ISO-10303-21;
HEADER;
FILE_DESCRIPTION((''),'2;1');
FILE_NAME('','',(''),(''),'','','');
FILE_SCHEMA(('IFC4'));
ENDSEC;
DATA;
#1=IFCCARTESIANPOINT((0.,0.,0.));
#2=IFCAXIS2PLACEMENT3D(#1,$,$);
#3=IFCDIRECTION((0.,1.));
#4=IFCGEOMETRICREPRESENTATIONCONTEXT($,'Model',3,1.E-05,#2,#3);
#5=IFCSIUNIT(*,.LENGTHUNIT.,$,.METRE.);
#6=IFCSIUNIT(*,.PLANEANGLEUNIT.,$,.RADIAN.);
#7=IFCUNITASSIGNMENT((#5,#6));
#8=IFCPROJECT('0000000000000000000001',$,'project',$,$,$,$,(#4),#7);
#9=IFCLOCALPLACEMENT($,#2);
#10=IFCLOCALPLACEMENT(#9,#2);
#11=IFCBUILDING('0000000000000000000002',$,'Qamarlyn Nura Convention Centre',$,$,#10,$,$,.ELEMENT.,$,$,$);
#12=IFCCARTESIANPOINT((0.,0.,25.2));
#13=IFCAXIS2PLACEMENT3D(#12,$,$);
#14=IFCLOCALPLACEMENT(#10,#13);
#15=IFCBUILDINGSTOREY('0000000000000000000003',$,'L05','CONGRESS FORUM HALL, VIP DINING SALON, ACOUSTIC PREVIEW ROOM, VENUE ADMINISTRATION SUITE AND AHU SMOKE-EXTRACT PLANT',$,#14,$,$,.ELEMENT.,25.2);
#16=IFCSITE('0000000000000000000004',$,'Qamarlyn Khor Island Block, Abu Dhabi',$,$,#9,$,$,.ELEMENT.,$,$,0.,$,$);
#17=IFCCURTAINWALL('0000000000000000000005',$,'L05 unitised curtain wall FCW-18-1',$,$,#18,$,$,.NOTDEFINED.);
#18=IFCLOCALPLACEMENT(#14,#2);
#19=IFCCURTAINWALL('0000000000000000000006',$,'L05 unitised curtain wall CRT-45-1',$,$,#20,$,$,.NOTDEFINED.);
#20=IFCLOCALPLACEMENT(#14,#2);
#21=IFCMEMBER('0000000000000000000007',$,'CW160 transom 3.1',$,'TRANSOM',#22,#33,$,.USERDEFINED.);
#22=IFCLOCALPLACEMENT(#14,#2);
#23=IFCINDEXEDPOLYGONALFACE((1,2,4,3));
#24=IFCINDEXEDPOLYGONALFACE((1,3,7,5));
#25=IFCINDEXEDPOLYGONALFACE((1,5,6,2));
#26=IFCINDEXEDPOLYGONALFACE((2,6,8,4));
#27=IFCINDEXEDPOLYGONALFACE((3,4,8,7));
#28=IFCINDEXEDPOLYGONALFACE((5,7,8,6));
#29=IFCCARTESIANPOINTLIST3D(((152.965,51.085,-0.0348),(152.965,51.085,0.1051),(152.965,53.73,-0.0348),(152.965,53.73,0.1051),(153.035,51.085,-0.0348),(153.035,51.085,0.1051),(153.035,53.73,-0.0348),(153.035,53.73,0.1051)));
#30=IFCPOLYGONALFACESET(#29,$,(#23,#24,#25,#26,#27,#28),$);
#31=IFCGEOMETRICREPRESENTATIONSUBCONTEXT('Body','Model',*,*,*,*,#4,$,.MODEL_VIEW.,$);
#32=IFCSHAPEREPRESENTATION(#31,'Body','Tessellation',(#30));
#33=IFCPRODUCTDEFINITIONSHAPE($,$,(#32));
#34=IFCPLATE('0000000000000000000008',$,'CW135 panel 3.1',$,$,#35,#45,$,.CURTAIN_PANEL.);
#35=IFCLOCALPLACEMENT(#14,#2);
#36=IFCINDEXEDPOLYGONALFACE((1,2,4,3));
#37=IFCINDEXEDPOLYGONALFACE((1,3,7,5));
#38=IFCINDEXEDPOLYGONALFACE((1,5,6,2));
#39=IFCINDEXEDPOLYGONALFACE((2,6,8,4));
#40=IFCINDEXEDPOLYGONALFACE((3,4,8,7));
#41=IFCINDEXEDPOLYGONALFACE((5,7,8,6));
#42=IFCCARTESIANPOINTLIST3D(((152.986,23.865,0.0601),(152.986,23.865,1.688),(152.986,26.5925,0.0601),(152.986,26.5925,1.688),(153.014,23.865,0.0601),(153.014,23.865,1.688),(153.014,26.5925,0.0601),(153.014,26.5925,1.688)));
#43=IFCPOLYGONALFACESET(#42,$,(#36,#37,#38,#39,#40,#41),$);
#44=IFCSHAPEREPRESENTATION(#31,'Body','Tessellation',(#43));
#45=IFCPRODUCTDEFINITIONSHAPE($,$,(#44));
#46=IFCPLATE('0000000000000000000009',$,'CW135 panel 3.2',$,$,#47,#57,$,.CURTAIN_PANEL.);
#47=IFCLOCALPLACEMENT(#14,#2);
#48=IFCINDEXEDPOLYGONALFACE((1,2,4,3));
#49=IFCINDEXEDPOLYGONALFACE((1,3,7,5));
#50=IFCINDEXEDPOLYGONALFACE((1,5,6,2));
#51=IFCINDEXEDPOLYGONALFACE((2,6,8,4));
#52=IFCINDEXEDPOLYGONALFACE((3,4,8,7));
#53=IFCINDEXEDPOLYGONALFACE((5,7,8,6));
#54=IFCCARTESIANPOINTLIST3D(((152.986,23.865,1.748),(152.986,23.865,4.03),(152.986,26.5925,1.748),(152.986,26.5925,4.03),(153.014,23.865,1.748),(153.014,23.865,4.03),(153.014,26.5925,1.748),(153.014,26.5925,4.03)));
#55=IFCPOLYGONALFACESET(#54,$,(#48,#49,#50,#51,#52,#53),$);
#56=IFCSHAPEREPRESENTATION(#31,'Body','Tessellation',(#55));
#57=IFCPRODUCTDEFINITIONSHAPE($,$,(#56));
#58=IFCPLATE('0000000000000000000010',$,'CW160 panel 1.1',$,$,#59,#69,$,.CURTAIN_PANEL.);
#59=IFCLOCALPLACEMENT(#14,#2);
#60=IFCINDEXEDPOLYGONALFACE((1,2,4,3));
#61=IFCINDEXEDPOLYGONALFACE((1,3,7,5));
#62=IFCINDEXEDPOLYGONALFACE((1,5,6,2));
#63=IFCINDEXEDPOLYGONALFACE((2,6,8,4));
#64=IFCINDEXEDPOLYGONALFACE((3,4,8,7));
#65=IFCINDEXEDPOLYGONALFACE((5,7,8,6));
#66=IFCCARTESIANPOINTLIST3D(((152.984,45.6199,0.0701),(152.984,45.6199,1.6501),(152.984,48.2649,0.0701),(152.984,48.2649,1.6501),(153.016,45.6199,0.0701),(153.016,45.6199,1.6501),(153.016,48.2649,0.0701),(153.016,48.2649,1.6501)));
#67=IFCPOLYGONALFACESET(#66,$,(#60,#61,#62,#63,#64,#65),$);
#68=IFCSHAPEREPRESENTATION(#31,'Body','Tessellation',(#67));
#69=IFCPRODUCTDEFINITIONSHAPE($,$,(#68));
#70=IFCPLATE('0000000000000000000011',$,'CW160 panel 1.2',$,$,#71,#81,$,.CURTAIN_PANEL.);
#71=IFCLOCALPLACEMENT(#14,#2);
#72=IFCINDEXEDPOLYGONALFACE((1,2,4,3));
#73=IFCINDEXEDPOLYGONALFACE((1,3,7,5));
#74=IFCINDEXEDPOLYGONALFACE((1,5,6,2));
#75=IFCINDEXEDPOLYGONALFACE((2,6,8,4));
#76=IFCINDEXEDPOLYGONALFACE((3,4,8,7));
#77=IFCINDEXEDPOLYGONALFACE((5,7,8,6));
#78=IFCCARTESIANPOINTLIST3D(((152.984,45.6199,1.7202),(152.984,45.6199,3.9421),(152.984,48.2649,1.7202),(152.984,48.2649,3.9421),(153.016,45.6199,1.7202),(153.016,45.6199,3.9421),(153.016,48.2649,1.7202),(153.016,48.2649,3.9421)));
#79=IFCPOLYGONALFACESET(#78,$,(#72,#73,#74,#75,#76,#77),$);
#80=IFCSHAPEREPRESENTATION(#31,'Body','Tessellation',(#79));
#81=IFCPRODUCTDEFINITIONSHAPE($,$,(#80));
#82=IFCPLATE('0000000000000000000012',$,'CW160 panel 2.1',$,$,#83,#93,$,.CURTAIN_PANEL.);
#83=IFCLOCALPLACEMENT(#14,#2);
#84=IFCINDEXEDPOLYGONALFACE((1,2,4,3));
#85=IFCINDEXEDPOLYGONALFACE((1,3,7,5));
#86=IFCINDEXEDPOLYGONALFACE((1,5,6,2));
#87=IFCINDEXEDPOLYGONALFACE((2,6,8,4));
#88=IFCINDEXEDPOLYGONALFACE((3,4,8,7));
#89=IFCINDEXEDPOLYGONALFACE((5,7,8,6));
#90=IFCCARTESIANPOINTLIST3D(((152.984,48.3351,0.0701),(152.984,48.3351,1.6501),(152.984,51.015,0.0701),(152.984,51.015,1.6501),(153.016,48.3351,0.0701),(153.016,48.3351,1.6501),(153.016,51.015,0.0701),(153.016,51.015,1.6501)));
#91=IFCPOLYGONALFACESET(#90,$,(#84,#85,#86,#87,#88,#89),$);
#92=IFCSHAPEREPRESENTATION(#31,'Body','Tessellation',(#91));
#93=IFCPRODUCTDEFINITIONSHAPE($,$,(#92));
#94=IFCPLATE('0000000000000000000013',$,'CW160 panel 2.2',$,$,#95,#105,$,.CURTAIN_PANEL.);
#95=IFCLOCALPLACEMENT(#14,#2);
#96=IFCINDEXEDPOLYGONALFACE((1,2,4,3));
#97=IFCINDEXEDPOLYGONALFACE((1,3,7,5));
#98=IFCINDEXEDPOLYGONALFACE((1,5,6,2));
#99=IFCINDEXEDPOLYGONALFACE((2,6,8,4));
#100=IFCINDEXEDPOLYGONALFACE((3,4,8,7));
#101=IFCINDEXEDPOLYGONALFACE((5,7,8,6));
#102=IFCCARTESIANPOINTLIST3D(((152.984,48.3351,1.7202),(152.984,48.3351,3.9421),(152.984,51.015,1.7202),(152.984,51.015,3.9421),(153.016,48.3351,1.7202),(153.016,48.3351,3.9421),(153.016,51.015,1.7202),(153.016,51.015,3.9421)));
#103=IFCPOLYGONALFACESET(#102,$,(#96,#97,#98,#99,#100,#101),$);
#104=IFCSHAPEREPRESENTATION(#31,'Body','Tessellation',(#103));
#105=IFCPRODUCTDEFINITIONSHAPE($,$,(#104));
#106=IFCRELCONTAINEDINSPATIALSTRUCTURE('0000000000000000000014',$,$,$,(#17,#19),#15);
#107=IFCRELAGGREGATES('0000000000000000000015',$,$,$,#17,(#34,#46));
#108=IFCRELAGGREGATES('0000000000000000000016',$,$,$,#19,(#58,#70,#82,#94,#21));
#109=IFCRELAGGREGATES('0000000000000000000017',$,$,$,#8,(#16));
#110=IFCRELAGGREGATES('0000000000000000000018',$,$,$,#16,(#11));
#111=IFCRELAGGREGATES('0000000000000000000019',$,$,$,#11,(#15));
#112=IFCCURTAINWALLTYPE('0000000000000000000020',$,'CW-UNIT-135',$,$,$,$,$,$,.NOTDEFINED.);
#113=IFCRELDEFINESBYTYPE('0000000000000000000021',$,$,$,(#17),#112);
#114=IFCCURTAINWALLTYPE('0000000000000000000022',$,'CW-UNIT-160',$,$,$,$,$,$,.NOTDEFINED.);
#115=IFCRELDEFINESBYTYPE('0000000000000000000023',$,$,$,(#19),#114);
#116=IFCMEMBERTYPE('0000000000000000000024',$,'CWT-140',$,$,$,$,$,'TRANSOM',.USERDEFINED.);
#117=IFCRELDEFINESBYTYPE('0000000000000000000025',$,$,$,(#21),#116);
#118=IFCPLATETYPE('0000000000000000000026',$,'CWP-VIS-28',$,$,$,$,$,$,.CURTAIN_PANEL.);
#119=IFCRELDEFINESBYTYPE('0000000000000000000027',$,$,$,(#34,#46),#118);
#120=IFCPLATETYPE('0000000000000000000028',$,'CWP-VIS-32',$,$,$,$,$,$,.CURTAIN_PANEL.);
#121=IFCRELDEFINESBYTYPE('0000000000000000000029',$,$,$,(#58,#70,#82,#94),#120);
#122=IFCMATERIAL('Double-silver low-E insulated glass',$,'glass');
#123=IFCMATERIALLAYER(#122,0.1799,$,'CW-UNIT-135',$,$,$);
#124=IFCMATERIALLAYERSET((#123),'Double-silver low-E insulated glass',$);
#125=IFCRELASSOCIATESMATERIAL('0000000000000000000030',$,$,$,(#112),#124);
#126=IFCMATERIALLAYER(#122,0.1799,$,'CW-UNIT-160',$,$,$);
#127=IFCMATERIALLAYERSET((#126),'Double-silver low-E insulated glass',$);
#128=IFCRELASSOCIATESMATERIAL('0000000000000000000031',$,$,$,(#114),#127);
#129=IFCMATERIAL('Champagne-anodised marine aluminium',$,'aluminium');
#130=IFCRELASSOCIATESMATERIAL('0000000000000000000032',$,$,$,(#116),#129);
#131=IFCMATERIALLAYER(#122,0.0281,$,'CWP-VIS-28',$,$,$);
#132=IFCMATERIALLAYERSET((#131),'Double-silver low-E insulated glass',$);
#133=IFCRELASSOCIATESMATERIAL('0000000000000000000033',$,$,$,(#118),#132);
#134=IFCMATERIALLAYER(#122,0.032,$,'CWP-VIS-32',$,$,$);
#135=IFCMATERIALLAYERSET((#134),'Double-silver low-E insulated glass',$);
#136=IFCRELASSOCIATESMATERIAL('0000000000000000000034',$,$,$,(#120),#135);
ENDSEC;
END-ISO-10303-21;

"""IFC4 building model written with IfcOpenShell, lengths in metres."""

from ifc_helpers import new_model, si_unit, direction, frame, origin, origin_2d, place, context, subcontext, project, spatial, rectangle, extrude, material, layer, layer_set, material_profile, profile_set, type_object, element, aggregate, save


model = new_model("IFC4")

# Units and contexts
model_context = context("Model", 3, precision=1e-05, world=origin(), true_north=direction((0.0, 1.0)))
body_context = subcontext(model_context, "Body", "Model", "MODEL_VIEW")
ifc_project = project(units=[si_unit("LENGTHUNIT", "METRE"), si_unit("PLANEANGLEUNIT", "RADIAN")], contexts=[model_context])

# Site, building, storey
site_placement = place(None, origin())
site = spatial("IfcSite", under=ifc_project, at=site_placement, Name="Qamarlyn Khor Island Block, Abu Dhabi", CompositionType="ELEMENT", RefElevation=0.0)
building_placement = place(site_placement, origin())
building = spatial("IfcBuilding", under=site, at=building_placement, Name="Qamarlyn Nura Convention Centre", CompositionType="ELEMENT")
storey_placement = place(building_placement, frame((0.0, 0.0, 25.2)))
storey = spatial("IfcBuildingStorey", under=building, at=storey_placement, Name="L05", Description="CONGRESS FORUM HALL, VIP DINING SALON, ACOUSTIC PREVIEW ROOM, VENUE ADMINISTRATION SUITE AND AHU SMOKE-EXTRACT PLANT", CompositionType="ELEMENT", Elevation=25.2)

# Curtain walls
ifc_material_1 = material(Name="Double-silver low-E insulated glass", Category="glass")
ifc_layer_1 = layer(ifc_material_1, 0.1799, Name="CW-UNIT-135")
ifc_layer_set_1 = layer_set([ifc_layer_1], Name="Double-silver low-E insulated glass")
curtain_wall_type_1 = type_object("IfcCurtainWallType", Name="CW-UNIT-135", PredefinedType="NOTDEFINED", material=ifc_layer_set_1)
curtain_wall_1_placement = place(storey_placement, origin())
curtain_wall_1 = element("IfcCurtainWall", 1, at=curtain_wall_1_placement, inside=storey, type_object=curtain_wall_type_1, Name="L05 unitised curtain wall FCW-18-1", PredefinedType="NOTDEFINED")
ifc_material_2 = material(Name="Champagne-anodised marine aluminium", Category="aluminium")
ifc_layer_2 = layer(ifc_material_1, 0.1799, Name="CW-UNIT-160")
ifc_layer_set_2 = layer_set([ifc_layer_2], Name="Double-silver low-E insulated glass")
curtain_wall_type_2 = type_object("IfcCurtainWallType", Name="CW-UNIT-160", PredefinedType="NOTDEFINED", material=ifc_layer_set_2)
curtain_wall_2_placement = place(storey_placement, origin())
curtain_wall_2 = element("IfcCurtainWall", 2, at=curtain_wall_2_placement, inside=storey, type_object=curtain_wall_type_2, Name="L05 unitised curtain wall CRT-45-1", PredefinedType="NOTDEFINED")

# Member
ifc_material_profile_1 = material_profile(ifc_material_2, rectangle(XDim=0.0701, YDim=0.1399, at=origin_2d()), Name="ALU TRANSOM 70x140")
ifc_profile_set_1 = profile_set([ifc_material_profile_1], Name="Champagne-anodised marine aluminium")
member_type_1 = type_object("IfcMemberType", Name="CWT-140", ElementType="TRANSOM", PredefinedType="USERDEFINED", material=ifc_profile_set_1)
member_1_placement = place(storey_placement, frame((153.0, 51.085, 0.0352), z_axis=(0.0, 1.0, 0.0), x_axis=(-1.0, 0.0, 0.0)))
member_1 = element("IfcMember", 3, at=member_1_placement, type_object=member_type_1, Name="CW160 transom 3.1", ObjectType="TRANSOM", PredefinedType="USERDEFINED", context=body_context, shape_type="SweptSolid", body=[
    extrude(rectangle(XDim=0.0701, YDim=0.1399, at=origin_2d()), origin(), (0.0, 0.0, 1.0), 2.645),
])

# Plates
ifc_layer_3 = layer(ifc_material_1, 0.0281, Name="CWP-VIS-28")
ifc_layer_set_3 = layer_set([ifc_layer_3], Name="Double-silver low-E insulated glass")
plate_type_1 = type_object("IfcPlateType", Name="CWP-VIS-28", PredefinedType="CURTAIN_PANEL", material=ifc_layer_set_3)
plate_1_placement = place(storey_placement, frame((153.0, 25.2288, 0.0601), z_axis=(0.0, 0.0, 1.0), x_axis=(0.0, 1.0, 0.0)))
plate_1 = element("IfcPlate", 4, at=plate_1_placement, type_object=plate_type_1, Name="CW135 panel 3.1", PredefinedType="CURTAIN_PANEL", context=body_context, shape_type="SweptSolid", body=[
    extrude(rectangle(XDim=2.7275, YDim=0.0281, at=origin_2d()), origin(), (0.0, 0.0, 1.0), 1.6279),
])
plate_2_placement = place(storey_placement, frame((153.0, 25.2288, 1.748), z_axis=(0.0, 0.0, 1.0), x_axis=(0.0, 1.0, 0.0)))
plate_2 = element("IfcPlate", 5, at=plate_2_placement, type_object=plate_type_1, Name="CW135 panel 3.2", PredefinedType="CURTAIN_PANEL", context=body_context, shape_type="SweptSolid", body=[
    extrude(rectangle(XDim=2.7275, YDim=0.0281, at=origin_2d()), origin(), (0.0, 0.0, 1.0), 2.282),
])
aggregate(curtain_wall_1, [plate_1, plate_2])
ifc_layer_4 = layer(ifc_material_1, 0.032, Name="CWP-VIS-32")
ifc_layer_set_4 = layer_set([ifc_layer_4], Name="Double-silver low-E insulated glass")
plate_type_2 = type_object("IfcPlateType", Name="CWP-VIS-32", PredefinedType="CURTAIN_PANEL", material=ifc_layer_set_4)
plate_3_placement = place(storey_placement, frame((153.0, 46.9424, 0.0701), z_axis=(0.0, 0.0, 1.0), x_axis=(0.0, 1.0, 0.0)))
plate_3 = element("IfcPlate", 6, at=plate_3_placement, type_object=plate_type_2, Name="CW160 panel 1.1", PredefinedType="CURTAIN_PANEL", context=body_context, shape_type="SweptSolid", body=[
    extrude(rectangle(XDim=2.645, YDim=0.032, at=origin_2d()), origin(), (0.0, 0.0, 1.0), 1.5801),
])
plate_4_placement = place(storey_placement, frame((153.0, 46.9424, 1.7202), z_axis=(0.0, 0.0, 1.0), x_axis=(0.0, 1.0, 0.0)))
plate_4 = element("IfcPlate", 7, at=plate_4_placement, type_object=plate_type_2, Name="CW160 panel 1.2", PredefinedType="CURTAIN_PANEL", context=body_context, shape_type="SweptSolid", body=[
    extrude(rectangle(XDim=2.645, YDim=0.032, at=origin_2d()), origin(), (0.0, 0.0, 1.0), 2.2219),
])
plate_5_placement = place(storey_placement, frame((153.0, 49.675, 0.0701), z_axis=(0.0, 0.0, 1.0), x_axis=(0.0, 1.0, 0.0)))
plate_5 = element("IfcPlate", 8, at=plate_5_placement, type_object=plate_type_2, Name="CW160 panel 2.1", PredefinedType="CURTAIN_PANEL", context=body_context, shape_type="SweptSolid", body=[
    extrude(rectangle(XDim=2.6799, YDim=0.032, at=origin_2d()), origin(), (0.0, 0.0, 1.0), 1.5801),
])
plate_6_placement = place(storey_placement, frame((153.0, 49.675, 1.7202), z_axis=(0.0, 0.0, 1.0), x_axis=(0.0, 1.0, 0.0)))
plate_6 = element("IfcPlate", 9, at=plate_6_placement, type_object=plate_type_2, Name="CW160 panel 2.2", PredefinedType="CURTAIN_PANEL", context=body_context, shape_type="SweptSolid", body=[
    extrude(rectangle(XDim=2.6799, YDim=0.032, at=origin_2d()), origin(), (0.0, 0.0, 1.0), 2.2219),
])
aggregate(curtain_wall_2, [plate_3, plate_4, plate_5, plate_6, member_1])

save(model, "model.ifc")
